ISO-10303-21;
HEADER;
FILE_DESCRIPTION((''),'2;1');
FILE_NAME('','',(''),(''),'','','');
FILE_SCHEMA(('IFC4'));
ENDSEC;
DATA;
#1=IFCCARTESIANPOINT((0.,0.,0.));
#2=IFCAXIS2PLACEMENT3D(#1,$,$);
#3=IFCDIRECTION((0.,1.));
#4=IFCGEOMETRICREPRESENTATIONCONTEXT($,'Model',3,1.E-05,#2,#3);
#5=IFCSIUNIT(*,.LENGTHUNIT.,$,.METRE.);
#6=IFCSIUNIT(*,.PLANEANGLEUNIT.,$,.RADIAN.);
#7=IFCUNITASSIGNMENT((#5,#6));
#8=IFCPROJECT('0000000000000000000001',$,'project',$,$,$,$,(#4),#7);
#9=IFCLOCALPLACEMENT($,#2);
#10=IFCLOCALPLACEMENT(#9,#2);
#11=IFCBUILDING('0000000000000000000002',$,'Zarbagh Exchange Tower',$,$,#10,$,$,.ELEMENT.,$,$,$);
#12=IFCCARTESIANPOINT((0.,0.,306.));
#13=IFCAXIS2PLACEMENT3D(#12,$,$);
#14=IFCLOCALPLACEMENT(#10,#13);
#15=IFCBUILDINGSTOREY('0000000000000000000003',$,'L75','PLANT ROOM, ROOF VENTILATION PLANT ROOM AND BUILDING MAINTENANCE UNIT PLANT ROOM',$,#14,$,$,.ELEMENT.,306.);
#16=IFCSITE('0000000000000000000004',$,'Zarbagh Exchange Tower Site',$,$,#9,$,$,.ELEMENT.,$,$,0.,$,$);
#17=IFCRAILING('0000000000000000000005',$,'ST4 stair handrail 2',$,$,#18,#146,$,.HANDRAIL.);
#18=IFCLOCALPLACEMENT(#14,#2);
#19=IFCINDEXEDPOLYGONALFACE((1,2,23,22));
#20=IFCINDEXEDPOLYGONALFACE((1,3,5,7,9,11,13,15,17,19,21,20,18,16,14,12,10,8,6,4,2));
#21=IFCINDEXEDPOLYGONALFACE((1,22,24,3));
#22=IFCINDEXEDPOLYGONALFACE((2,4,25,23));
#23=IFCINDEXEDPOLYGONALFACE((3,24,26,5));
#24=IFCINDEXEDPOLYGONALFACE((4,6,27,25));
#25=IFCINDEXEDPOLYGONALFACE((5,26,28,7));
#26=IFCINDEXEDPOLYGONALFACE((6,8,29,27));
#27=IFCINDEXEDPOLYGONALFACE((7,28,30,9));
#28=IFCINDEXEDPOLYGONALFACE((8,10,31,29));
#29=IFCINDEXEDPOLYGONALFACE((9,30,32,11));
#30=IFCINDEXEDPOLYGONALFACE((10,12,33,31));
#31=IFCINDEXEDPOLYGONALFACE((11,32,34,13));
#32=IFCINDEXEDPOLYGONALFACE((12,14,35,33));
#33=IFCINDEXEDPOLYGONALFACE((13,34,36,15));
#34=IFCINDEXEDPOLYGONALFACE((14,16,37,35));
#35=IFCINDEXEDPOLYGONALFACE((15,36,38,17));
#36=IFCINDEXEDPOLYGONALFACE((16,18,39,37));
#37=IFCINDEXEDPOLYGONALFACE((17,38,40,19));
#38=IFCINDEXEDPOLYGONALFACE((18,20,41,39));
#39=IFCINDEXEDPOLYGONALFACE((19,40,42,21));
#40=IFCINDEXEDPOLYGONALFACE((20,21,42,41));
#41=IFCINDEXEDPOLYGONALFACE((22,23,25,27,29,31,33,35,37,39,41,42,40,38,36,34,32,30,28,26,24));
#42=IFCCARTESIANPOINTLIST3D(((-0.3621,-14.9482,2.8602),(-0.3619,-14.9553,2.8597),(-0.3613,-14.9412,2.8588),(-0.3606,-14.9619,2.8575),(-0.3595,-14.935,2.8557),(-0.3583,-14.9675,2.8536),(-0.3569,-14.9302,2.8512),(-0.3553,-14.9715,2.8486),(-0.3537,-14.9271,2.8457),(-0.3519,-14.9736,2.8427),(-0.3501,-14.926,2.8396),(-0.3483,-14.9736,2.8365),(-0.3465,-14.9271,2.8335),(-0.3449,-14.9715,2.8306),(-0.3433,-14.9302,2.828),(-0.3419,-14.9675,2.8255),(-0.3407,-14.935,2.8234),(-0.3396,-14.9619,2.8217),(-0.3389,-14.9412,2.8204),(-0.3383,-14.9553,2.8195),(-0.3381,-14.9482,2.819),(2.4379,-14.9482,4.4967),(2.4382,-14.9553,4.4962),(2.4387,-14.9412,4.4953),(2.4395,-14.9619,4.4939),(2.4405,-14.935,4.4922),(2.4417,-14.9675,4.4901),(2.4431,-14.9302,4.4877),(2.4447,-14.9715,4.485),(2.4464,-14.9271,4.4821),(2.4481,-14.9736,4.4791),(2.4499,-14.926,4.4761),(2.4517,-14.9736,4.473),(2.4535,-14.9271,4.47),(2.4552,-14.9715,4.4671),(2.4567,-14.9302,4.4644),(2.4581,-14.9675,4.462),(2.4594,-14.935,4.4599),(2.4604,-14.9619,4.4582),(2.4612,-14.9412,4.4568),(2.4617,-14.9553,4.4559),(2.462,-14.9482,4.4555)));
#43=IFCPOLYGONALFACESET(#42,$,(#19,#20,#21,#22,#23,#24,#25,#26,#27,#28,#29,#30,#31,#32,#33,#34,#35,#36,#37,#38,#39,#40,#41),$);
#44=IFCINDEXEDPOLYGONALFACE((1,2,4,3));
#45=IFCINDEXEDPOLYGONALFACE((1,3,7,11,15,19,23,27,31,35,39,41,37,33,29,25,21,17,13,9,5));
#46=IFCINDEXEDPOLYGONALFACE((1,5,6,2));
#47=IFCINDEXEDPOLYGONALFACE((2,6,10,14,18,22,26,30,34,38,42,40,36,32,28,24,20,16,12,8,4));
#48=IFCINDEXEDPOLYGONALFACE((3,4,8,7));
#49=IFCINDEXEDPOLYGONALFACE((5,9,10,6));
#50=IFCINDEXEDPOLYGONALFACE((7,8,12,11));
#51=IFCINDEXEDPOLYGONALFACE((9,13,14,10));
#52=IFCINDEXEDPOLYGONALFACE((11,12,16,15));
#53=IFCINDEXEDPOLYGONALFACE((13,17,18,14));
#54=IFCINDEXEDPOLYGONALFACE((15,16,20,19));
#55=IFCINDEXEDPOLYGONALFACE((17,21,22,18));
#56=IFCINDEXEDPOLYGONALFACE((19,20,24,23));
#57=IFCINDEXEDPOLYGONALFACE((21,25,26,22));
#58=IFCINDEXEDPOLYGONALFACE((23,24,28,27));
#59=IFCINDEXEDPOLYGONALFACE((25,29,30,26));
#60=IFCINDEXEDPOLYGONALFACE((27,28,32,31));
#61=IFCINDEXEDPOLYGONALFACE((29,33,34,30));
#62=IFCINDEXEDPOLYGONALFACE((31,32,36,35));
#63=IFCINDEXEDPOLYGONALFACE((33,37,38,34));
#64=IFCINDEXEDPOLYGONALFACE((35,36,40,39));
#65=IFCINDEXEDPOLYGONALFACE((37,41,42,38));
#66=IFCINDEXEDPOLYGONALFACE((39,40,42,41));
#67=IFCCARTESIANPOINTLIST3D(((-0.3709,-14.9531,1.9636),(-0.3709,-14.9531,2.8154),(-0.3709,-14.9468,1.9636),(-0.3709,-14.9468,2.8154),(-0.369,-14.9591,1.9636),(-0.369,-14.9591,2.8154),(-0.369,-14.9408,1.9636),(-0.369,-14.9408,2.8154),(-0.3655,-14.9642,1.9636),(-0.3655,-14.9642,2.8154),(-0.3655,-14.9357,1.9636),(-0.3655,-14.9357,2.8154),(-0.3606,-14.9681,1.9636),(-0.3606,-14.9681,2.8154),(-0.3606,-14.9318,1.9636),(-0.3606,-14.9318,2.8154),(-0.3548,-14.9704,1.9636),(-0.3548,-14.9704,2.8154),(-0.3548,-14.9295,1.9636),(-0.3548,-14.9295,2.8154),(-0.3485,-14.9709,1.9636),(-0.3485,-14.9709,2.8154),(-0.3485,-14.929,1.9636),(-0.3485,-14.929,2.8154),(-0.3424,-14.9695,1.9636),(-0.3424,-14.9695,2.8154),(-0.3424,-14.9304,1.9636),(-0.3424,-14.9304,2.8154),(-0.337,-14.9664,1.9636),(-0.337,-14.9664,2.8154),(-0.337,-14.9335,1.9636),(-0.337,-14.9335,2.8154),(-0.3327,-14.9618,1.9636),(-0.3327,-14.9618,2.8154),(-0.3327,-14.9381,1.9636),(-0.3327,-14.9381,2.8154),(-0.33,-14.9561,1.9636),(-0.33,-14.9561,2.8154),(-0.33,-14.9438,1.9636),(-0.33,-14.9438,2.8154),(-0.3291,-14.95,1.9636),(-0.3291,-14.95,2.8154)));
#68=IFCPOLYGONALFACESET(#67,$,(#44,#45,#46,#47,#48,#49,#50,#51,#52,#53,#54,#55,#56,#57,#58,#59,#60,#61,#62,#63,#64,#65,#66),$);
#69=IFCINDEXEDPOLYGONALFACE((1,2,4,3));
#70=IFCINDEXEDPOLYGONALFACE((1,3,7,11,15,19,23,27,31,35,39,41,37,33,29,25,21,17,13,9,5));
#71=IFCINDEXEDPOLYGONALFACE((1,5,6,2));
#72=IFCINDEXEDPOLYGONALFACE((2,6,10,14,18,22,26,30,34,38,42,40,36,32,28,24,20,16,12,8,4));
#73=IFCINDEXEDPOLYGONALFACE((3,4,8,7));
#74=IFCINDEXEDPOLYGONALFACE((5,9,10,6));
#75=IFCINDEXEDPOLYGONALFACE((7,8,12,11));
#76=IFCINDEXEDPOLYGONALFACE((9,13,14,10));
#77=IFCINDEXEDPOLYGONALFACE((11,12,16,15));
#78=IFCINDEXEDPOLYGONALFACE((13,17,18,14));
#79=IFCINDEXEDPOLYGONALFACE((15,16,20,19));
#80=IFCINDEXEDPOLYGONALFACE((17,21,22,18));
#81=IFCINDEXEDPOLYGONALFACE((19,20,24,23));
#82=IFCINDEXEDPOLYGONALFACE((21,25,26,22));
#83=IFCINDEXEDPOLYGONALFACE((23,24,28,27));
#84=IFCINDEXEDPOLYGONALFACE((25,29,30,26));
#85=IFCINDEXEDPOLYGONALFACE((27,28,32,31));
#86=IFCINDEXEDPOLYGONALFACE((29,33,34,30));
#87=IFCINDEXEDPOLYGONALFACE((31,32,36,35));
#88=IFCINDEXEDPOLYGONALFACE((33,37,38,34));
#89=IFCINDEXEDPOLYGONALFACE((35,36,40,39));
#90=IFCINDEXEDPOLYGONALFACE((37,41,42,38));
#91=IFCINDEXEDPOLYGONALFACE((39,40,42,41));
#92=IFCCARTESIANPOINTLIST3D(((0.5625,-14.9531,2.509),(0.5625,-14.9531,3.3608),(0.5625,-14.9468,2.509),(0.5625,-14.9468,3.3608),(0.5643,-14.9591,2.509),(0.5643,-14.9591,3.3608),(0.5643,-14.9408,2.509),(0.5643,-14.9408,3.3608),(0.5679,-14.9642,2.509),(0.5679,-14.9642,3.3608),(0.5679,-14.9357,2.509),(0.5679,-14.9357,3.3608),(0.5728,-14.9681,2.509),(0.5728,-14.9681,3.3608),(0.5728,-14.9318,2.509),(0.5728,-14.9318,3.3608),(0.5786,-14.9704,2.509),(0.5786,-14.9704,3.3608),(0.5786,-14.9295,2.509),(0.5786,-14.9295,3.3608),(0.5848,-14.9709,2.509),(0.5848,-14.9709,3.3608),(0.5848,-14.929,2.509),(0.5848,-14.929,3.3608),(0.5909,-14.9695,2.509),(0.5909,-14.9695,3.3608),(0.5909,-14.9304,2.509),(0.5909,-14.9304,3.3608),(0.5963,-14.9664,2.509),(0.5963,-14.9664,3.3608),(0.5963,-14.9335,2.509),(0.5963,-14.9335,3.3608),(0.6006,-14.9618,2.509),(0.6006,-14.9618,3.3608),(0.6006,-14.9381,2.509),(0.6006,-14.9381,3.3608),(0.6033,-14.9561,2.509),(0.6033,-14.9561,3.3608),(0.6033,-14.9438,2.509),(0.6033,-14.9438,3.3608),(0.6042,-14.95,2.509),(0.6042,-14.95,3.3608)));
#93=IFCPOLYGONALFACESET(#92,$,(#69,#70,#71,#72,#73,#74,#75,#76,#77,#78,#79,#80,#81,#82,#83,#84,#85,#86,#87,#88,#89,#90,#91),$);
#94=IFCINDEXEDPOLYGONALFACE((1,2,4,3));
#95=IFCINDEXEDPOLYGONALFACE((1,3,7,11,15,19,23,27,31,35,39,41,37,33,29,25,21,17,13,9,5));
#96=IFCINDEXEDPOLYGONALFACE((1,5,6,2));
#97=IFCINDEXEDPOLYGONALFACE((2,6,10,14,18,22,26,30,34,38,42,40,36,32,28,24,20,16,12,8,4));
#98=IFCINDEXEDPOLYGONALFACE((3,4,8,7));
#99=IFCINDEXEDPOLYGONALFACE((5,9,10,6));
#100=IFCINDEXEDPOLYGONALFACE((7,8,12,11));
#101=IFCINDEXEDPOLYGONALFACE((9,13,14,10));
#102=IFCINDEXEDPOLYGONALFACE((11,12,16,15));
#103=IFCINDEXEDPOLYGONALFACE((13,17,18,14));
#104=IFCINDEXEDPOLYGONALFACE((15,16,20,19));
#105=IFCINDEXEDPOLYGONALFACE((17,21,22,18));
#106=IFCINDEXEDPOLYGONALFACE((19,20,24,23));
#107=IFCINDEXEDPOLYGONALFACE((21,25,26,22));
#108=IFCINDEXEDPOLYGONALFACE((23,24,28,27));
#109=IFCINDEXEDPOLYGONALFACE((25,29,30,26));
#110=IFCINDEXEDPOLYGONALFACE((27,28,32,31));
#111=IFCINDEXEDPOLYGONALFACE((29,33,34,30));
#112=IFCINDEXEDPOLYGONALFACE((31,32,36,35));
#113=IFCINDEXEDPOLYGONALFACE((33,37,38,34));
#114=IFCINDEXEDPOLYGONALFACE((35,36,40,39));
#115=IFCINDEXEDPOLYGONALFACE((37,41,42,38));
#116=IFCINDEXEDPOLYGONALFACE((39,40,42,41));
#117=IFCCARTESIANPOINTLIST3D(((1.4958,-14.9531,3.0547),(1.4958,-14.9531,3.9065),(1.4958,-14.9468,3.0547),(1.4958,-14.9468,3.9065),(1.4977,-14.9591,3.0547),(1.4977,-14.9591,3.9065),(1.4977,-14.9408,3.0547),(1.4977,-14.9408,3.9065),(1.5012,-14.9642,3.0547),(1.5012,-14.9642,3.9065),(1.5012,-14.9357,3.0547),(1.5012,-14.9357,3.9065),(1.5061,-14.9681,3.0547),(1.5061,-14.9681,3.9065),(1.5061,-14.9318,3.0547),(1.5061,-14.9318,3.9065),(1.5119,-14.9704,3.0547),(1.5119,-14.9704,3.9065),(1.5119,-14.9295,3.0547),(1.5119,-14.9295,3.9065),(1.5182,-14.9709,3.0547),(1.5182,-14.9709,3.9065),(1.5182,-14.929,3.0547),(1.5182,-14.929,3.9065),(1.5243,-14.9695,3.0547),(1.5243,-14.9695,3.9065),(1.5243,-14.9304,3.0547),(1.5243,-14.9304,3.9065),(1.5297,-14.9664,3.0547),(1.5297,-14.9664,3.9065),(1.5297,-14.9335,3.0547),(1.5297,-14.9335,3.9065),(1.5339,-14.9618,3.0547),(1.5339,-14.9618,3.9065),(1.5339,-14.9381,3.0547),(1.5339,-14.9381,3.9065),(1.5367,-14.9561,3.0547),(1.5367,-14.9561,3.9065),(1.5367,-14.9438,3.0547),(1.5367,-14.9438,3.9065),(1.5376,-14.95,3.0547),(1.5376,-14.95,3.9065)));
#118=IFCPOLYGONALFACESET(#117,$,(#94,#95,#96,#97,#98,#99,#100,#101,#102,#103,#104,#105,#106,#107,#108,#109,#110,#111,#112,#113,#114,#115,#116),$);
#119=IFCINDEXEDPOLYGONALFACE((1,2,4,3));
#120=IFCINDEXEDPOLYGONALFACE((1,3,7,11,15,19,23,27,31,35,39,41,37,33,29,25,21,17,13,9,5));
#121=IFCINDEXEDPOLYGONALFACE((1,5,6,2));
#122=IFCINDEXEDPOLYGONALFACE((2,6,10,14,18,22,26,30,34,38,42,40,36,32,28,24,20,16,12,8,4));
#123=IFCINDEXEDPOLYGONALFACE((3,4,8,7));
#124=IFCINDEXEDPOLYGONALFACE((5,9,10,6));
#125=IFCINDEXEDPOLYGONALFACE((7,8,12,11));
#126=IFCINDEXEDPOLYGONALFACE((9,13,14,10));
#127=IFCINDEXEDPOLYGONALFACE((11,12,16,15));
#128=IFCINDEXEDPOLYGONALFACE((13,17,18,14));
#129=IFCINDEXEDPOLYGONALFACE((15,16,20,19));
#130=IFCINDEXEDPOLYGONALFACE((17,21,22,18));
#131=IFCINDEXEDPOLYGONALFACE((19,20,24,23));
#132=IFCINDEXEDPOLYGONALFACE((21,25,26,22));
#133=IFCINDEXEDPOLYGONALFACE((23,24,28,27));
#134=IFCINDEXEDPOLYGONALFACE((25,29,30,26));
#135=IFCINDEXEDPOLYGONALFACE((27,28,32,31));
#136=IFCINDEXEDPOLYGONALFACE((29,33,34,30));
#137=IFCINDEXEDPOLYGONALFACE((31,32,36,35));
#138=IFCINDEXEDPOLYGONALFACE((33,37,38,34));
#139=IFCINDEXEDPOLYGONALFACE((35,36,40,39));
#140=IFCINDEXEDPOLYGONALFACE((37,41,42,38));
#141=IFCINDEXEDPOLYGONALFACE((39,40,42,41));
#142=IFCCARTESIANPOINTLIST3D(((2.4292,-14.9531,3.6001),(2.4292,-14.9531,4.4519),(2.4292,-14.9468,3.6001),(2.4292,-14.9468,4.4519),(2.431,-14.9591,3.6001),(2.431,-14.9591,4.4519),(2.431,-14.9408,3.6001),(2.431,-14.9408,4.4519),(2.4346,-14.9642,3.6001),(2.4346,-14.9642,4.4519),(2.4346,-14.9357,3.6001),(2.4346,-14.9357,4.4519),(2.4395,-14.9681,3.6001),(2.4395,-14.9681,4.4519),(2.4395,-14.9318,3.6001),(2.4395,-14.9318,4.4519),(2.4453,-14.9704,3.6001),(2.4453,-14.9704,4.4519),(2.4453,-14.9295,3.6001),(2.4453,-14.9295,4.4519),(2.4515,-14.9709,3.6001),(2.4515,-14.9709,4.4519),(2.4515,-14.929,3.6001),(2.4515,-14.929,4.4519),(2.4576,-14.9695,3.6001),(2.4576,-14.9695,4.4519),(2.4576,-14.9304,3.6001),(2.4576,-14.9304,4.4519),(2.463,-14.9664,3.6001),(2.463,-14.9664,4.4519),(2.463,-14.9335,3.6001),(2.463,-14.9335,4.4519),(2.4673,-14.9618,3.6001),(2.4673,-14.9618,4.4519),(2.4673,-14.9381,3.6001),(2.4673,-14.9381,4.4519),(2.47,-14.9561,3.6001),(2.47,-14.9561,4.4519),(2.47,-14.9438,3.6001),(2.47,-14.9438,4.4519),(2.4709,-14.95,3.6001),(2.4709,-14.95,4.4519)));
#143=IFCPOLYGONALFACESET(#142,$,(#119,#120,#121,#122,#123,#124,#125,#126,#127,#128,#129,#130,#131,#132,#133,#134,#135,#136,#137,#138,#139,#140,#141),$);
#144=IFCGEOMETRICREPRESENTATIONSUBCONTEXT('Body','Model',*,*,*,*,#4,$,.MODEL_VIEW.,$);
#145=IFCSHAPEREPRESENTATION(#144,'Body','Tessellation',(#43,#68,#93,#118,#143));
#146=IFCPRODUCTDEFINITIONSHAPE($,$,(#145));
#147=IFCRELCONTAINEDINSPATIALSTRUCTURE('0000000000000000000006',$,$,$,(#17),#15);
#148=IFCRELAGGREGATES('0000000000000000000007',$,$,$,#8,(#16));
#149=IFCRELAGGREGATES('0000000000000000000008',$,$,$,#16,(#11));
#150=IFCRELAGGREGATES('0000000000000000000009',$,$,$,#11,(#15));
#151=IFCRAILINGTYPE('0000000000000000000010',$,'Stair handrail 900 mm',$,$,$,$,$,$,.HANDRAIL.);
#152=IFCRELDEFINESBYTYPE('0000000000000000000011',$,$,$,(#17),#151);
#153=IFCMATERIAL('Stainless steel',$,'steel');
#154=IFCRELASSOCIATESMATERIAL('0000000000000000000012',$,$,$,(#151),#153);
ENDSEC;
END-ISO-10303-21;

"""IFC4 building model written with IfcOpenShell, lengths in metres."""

from ifc_helpers import new_model, si_unit, direction, frame, origin, origin_2d, place, context, subcontext, project, spatial, circle, extrude, material, type_object, element, save


model = new_model("IFC4")

# Units and contexts
model_context = context("Model", 3, precision=1e-05, world=origin(), true_north=direction((0.0, 1.0)))
body_context = subcontext(model_context, "Body", "Model", "MODEL_VIEW")
ifc_project = project(units=[si_unit("LENGTHUNIT", "METRE"), si_unit("PLANEANGLEUNIT", "RADIAN")], contexts=[model_context])

# Site, building, storey
site_placement = place(None, origin())
site = spatial("IfcSite", under=ifc_project, at=site_placement, Name="Zarbagh Exchange Tower Site", CompositionType="ELEMENT", RefElevation=0.0)
building_placement = place(site_placement, origin())
building = spatial("IfcBuilding", under=site, at=building_placement, Name="Zarbagh Exchange Tower", CompositionType="ELEMENT")
storey_placement = place(building_placement, frame((0.0, 0.0, 306.0)))
storey = spatial("IfcBuildingStorey", under=building, at=storey_placement, Name="L75", Description="PLANT ROOM, ROOF VENTILATION PLANT ROOM AND BUILDING MAINTENANCE UNIT PLANT ROOM", CompositionType="ELEMENT", Elevation=306.0)

# Shared definitions
ifc_material_1 = material(Name="Stainless steel", Category="steel")

# Railing
railing_type_1 = type_object("IfcRailingType", Name="Stair handrail 900 mm", PredefinedType="HANDRAIL", material=ifc_material_1)
railing_1_placement = place(storey_placement, frame((-0.3501, -14.95, 1.9636)))
element("IfcRailing", 1, at=railing_1_placement, inside=storey, type_object=railing_type_1, Name="ST4 stair handrail 2", PredefinedType="HANDRAIL", context=body_context, shape_type="SweptSolid", body=[
    extrude(circle(Radius=0.0239, at=origin_2d()), frame((0.0, 0.0, 0.876), z_axis=(0.863361, 0.0, 0.504587), x_axis=(0.0, 1.0, 0.0)), (0.0, 0.0, 1.0), 3.2432),
    extrude(circle(Radius=0.021, at=origin_2d()), origin(), (0.0, 0.0, 1.0), 0.8518),
    extrude(circle(Radius=0.021, at=origin_2d()), frame((0.9333, 0.0, 0.5454)), (0.0, 0.0, 1.0), 0.8518),
    extrude(circle(Radius=0.021, at=origin_2d()), frame((1.8667, 0.0, 1.0911)), (0.0, 0.0, 1.0), 0.8518),
    extrude(circle(Radius=0.021, at=origin_2d()), frame((2.8, 0.0, 1.6365)), (0.0, 0.0, 1.0), 0.8518),
])

save(model, "model.ifc")
